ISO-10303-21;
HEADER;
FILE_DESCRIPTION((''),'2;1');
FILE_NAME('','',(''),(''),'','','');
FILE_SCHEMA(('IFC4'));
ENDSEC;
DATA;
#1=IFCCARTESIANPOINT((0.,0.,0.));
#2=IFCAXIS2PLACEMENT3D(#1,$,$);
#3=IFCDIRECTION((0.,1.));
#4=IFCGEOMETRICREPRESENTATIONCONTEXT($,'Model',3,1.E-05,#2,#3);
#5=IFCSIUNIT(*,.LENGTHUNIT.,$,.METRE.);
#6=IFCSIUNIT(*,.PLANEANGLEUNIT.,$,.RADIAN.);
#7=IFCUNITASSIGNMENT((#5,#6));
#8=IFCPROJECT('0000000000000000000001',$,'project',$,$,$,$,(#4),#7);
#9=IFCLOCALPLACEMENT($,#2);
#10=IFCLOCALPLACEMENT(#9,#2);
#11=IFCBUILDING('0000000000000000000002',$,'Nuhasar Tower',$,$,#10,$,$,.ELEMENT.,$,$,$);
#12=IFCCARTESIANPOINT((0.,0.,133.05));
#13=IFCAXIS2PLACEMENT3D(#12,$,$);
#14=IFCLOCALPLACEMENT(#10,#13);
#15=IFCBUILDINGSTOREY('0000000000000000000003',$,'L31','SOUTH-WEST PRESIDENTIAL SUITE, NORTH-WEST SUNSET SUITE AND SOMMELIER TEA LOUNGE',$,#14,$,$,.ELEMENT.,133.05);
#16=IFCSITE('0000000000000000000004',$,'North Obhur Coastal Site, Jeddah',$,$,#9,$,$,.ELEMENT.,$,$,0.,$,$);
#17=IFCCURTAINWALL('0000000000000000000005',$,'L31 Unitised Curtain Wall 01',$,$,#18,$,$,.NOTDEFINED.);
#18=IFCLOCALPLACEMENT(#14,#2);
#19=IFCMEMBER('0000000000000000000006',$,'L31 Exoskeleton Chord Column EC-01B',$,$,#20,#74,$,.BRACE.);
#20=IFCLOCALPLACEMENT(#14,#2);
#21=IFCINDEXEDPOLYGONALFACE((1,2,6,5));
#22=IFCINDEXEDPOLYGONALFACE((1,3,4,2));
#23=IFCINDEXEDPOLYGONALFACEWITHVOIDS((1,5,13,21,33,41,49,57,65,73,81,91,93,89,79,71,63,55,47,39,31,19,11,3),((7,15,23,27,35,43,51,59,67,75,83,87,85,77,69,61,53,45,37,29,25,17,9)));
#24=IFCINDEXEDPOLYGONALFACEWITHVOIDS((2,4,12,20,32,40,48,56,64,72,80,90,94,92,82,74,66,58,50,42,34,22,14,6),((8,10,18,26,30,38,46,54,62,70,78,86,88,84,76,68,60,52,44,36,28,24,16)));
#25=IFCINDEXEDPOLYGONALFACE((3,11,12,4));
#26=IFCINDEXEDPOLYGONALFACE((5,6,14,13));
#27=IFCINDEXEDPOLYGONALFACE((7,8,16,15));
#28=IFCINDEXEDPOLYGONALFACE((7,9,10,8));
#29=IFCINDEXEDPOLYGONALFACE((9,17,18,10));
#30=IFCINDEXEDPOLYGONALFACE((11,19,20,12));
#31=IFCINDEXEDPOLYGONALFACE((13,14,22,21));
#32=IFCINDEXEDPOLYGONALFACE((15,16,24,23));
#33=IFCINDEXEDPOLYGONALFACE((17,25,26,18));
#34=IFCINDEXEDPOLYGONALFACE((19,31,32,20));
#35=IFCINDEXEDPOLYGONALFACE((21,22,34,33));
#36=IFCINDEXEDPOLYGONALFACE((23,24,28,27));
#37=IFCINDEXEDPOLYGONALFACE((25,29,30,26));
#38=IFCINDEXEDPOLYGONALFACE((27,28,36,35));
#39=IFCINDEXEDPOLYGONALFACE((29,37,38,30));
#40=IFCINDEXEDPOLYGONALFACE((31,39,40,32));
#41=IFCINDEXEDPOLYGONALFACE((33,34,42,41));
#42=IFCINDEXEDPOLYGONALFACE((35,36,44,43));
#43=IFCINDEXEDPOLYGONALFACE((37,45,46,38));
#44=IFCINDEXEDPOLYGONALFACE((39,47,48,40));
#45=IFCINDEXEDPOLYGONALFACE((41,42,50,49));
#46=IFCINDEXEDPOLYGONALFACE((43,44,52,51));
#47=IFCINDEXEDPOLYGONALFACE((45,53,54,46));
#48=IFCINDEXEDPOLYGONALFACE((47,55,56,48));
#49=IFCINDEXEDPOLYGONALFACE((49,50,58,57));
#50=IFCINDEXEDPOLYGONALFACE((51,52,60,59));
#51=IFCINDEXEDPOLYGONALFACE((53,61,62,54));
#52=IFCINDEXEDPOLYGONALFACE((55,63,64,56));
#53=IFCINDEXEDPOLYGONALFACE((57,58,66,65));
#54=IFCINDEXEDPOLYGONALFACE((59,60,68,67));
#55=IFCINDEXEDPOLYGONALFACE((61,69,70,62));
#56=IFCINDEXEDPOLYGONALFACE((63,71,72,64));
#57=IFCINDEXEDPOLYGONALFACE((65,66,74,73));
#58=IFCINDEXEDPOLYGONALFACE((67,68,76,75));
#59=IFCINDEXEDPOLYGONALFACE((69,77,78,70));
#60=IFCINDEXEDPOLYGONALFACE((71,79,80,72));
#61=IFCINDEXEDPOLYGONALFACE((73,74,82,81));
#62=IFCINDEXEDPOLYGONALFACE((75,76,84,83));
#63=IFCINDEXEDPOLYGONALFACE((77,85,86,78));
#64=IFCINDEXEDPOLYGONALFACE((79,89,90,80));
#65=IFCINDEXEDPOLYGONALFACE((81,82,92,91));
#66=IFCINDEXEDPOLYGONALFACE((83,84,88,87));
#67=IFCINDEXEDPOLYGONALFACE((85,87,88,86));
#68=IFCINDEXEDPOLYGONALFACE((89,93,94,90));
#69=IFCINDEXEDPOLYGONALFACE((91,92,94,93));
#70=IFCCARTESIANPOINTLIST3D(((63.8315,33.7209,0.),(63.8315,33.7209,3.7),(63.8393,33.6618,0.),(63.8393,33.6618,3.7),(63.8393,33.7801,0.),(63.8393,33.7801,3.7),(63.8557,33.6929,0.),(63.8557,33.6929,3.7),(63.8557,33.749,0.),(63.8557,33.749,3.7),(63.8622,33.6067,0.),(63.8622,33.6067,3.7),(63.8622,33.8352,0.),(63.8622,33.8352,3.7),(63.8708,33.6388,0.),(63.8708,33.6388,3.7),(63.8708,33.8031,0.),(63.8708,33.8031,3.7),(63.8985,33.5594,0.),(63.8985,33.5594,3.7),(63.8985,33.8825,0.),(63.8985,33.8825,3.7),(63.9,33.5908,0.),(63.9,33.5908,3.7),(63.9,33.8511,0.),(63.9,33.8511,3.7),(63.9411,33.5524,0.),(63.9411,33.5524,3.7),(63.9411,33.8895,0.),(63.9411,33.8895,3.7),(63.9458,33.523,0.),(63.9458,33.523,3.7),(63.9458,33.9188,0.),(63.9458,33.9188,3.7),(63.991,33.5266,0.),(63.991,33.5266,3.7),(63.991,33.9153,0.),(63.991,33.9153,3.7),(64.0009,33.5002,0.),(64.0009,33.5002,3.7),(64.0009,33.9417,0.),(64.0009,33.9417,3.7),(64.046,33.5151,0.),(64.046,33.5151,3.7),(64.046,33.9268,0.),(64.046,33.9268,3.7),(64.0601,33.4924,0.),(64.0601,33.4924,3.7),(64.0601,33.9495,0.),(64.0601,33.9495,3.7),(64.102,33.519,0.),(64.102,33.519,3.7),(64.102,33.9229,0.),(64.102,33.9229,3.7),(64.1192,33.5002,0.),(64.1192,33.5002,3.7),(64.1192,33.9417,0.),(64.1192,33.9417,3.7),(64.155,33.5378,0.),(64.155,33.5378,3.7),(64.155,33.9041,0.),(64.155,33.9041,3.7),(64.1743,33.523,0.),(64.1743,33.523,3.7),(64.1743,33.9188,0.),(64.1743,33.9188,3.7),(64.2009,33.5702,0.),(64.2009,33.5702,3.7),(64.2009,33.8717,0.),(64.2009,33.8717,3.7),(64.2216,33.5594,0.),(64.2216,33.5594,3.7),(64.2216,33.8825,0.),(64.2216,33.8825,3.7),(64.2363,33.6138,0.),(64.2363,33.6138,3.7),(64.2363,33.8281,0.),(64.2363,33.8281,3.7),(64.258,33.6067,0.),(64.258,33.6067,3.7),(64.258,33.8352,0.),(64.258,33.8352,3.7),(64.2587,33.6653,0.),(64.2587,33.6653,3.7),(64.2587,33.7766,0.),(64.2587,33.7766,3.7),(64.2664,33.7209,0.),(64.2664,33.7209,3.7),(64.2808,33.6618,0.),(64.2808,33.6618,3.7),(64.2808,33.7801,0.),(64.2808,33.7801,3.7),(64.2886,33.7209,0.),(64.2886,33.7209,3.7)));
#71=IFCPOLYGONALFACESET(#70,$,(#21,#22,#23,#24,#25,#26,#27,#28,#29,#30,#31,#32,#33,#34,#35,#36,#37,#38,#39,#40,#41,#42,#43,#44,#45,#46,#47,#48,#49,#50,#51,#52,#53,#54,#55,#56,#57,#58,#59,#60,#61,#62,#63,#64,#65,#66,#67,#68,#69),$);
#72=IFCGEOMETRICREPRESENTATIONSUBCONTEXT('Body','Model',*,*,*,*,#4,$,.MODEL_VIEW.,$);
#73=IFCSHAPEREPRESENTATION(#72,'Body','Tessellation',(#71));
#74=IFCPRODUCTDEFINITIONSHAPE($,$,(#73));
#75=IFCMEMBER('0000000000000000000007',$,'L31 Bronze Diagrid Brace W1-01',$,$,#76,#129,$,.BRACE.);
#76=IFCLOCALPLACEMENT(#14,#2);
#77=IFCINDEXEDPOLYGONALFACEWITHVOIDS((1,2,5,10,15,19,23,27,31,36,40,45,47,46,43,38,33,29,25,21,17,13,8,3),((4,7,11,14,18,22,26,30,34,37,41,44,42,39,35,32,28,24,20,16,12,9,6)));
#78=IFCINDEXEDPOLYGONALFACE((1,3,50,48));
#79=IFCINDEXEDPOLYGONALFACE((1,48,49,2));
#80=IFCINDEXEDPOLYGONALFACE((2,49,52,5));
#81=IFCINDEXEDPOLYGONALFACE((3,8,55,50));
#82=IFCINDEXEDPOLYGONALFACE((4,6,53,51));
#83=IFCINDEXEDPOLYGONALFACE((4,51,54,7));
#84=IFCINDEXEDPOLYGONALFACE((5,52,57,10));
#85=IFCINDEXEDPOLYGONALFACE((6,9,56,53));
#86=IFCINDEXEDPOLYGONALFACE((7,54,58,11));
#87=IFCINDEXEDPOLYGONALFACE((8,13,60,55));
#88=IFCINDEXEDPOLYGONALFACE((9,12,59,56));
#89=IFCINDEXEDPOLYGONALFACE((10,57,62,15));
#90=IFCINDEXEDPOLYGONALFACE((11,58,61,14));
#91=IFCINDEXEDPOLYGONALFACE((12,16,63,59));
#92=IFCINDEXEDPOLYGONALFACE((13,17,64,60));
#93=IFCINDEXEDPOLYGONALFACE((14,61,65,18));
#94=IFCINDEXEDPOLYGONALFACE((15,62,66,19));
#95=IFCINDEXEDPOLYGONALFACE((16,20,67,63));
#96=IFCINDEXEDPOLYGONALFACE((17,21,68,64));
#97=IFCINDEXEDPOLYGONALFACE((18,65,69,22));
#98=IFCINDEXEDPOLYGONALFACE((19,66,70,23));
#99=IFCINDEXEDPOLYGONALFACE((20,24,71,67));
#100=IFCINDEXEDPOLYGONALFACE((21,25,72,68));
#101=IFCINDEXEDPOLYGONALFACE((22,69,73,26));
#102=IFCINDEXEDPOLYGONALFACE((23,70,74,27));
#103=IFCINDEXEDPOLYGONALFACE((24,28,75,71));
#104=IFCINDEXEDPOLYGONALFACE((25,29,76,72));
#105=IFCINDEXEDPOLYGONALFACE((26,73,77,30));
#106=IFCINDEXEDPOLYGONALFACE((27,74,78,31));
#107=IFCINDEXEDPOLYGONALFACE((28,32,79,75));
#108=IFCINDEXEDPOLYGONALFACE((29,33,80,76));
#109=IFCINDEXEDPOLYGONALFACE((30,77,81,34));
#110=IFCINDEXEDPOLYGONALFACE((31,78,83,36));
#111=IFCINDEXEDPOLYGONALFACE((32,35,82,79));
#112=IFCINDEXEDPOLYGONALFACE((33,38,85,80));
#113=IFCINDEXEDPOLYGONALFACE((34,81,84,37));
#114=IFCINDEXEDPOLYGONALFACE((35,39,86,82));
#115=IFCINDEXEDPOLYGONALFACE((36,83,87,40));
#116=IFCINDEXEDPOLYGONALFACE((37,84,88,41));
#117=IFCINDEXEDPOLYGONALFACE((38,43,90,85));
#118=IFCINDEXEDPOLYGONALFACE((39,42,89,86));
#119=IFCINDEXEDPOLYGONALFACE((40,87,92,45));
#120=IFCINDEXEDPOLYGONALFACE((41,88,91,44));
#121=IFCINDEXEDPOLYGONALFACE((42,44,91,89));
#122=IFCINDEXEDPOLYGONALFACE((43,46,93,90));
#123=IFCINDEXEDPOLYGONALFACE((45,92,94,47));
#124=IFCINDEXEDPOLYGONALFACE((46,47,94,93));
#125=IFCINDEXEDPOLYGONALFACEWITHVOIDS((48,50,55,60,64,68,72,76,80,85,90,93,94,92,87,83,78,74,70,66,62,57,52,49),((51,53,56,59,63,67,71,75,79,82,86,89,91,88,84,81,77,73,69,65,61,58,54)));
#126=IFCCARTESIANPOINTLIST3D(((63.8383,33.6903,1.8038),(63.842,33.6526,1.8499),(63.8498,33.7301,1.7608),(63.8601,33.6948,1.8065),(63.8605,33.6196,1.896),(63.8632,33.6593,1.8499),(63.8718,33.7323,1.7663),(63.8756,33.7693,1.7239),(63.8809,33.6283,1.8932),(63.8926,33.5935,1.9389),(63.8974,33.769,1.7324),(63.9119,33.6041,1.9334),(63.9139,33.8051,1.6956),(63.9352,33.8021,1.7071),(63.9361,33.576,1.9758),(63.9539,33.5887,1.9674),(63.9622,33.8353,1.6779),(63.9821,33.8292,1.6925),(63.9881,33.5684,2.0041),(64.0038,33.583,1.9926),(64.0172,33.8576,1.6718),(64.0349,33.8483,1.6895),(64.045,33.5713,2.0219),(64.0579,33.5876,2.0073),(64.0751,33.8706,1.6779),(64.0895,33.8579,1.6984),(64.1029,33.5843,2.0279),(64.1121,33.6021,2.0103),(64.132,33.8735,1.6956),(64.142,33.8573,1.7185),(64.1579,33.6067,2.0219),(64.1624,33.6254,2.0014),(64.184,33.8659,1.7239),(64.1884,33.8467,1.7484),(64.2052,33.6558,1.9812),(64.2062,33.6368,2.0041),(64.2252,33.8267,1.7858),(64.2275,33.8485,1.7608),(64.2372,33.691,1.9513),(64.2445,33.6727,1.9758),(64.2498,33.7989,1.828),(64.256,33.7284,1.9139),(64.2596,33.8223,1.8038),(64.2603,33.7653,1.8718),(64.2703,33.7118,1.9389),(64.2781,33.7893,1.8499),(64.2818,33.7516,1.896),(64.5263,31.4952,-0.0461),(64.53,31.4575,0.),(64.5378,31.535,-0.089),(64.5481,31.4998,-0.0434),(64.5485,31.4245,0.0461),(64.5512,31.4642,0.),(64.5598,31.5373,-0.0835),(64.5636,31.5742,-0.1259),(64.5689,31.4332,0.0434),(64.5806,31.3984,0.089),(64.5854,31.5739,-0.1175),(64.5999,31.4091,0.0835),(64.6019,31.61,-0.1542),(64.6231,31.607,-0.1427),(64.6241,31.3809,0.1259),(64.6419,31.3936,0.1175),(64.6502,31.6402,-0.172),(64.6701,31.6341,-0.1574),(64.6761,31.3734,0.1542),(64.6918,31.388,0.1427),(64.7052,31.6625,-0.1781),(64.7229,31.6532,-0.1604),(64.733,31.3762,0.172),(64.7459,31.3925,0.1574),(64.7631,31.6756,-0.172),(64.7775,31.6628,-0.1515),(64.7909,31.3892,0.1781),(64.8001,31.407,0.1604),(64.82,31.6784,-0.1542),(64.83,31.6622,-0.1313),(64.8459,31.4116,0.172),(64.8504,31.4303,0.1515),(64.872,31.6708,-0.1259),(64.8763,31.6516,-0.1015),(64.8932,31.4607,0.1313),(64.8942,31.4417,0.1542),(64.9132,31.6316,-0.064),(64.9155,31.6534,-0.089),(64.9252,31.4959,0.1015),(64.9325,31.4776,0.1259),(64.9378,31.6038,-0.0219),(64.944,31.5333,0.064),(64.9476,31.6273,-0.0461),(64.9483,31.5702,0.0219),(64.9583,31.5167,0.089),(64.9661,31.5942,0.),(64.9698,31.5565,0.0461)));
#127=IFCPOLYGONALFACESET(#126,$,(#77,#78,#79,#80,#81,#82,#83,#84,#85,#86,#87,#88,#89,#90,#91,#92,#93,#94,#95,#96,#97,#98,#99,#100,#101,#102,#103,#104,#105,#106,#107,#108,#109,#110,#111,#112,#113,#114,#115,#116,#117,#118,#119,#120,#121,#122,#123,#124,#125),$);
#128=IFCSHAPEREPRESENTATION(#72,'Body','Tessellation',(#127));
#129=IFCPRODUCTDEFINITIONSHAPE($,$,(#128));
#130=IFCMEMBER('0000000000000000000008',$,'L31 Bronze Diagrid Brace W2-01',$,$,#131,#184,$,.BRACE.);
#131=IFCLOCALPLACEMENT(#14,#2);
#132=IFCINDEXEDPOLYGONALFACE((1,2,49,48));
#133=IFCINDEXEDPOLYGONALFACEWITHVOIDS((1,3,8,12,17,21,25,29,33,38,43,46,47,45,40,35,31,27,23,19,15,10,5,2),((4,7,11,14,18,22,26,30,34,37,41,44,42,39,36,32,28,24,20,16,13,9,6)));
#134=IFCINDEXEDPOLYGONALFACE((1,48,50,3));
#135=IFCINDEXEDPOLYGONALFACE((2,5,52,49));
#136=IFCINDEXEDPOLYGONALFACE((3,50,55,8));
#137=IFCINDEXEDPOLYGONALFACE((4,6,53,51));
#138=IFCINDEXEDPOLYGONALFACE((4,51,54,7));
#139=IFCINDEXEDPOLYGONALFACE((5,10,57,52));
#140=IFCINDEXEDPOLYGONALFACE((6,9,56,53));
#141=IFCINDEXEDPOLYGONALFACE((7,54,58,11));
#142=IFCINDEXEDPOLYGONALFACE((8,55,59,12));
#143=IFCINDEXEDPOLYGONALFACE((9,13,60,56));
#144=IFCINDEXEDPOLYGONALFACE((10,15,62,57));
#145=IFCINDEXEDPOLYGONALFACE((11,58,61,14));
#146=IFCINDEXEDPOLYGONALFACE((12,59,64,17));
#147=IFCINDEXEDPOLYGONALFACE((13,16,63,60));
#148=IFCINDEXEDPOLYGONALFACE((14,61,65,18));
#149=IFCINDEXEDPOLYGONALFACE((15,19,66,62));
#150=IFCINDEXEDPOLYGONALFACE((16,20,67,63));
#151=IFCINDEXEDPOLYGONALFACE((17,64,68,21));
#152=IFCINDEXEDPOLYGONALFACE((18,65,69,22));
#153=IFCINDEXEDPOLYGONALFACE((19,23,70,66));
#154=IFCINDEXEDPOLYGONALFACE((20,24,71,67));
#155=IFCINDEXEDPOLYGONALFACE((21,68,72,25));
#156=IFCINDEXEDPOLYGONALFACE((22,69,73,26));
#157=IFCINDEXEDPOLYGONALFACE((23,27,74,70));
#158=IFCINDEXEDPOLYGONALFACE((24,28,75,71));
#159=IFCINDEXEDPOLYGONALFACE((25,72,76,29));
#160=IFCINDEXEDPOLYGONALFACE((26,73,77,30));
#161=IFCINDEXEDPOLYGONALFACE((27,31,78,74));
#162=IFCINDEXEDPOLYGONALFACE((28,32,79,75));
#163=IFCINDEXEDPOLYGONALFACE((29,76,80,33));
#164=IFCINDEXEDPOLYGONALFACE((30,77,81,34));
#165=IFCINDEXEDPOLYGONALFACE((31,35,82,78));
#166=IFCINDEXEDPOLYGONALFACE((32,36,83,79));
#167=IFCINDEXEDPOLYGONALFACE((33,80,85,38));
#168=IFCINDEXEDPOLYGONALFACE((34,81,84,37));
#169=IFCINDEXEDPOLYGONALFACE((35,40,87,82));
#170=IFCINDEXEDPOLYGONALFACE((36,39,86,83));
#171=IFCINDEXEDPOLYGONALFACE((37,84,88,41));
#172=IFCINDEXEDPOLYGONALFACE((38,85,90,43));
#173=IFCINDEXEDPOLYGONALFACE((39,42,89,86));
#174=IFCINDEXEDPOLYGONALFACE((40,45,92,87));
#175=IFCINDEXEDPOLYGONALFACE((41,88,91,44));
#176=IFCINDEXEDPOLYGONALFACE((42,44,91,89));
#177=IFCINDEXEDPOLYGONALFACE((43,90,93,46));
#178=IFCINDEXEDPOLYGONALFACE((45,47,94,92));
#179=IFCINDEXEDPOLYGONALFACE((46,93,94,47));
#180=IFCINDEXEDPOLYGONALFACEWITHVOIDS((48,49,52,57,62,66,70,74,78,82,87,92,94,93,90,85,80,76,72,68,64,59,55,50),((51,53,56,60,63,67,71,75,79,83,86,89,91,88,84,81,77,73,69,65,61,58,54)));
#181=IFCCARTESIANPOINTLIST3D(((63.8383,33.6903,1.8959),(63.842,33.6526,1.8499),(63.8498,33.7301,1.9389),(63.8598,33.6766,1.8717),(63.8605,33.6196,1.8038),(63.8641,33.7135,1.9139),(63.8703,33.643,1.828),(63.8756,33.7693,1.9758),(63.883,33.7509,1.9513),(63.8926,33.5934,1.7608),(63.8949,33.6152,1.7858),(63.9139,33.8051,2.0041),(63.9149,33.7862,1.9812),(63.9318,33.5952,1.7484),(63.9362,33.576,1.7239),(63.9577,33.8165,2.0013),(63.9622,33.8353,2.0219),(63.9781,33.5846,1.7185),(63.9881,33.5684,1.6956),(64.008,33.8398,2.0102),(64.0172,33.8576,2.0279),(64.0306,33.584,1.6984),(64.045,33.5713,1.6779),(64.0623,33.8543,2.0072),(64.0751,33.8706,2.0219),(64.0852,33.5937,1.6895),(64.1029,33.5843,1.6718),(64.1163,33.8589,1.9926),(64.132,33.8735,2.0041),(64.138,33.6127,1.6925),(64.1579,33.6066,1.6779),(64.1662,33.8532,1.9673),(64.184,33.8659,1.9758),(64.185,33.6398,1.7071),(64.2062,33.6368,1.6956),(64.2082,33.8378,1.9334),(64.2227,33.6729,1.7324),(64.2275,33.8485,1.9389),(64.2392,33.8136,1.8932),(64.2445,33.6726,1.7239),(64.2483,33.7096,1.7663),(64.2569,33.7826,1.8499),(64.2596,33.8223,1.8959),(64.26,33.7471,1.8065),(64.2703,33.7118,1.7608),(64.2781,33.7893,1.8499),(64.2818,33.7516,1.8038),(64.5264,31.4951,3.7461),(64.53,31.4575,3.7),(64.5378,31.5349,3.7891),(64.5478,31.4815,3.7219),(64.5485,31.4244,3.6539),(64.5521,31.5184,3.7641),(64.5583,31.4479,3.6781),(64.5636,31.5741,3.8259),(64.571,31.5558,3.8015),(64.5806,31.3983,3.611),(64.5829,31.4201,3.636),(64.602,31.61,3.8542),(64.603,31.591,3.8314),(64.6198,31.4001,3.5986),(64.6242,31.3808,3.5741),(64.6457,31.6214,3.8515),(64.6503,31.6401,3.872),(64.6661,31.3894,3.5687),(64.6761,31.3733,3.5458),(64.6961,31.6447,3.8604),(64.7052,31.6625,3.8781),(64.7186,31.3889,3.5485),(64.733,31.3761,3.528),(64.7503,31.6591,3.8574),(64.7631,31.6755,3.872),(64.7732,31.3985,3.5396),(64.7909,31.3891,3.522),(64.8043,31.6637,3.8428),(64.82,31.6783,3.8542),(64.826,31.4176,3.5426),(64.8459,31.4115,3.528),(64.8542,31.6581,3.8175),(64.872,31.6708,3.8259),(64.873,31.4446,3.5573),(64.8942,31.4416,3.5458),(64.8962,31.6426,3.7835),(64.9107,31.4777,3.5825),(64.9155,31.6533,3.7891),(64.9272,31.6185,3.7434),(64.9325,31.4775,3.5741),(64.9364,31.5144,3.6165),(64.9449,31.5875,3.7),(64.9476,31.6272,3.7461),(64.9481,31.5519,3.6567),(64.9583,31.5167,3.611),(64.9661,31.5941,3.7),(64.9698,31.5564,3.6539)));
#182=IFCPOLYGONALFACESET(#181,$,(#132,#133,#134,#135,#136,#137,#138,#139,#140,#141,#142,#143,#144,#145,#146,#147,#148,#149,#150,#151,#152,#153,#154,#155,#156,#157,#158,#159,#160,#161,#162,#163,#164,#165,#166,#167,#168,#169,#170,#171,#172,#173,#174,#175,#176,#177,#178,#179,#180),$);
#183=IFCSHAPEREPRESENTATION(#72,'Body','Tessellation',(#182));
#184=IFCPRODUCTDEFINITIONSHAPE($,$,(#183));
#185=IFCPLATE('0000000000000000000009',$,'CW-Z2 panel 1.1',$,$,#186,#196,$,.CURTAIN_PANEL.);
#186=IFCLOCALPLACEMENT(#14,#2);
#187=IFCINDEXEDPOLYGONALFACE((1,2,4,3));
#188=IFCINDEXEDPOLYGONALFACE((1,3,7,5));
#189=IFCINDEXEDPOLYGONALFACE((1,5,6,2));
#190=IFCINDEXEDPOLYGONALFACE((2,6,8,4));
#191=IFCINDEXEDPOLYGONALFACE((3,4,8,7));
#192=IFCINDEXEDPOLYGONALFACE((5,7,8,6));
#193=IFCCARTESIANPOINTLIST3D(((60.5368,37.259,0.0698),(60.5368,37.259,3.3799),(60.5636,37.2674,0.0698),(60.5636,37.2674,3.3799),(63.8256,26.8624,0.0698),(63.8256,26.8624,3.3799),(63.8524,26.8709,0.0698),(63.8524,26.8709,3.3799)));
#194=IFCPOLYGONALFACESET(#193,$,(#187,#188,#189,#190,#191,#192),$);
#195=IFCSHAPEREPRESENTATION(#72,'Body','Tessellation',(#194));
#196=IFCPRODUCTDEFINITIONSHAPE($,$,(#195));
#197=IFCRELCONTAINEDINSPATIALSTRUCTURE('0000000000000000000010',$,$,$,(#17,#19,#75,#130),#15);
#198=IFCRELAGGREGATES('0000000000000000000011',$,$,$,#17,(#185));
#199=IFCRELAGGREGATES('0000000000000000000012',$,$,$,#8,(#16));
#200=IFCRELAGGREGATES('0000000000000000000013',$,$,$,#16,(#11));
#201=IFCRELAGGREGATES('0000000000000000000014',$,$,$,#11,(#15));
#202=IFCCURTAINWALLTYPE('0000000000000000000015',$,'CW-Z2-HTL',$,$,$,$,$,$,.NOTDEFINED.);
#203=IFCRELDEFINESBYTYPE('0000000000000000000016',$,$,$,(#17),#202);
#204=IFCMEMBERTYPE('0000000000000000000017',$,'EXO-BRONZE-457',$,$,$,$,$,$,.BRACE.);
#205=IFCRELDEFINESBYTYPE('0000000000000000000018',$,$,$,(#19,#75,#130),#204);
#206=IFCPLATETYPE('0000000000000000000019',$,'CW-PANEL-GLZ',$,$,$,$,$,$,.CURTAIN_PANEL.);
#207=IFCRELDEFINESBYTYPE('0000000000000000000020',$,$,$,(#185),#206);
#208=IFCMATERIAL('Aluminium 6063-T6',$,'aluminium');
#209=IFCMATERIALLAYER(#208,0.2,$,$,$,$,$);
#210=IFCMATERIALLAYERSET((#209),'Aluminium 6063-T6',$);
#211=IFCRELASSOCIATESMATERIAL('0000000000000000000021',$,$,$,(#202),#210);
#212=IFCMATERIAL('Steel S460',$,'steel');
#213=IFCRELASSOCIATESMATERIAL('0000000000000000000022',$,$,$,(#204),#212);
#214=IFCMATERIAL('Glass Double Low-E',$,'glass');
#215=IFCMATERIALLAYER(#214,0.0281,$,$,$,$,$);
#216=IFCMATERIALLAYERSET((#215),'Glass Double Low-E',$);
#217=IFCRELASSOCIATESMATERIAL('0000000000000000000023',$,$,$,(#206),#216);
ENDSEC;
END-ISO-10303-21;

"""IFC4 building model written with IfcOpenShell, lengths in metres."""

from ifc_helpers import new_model, si_unit, direction, frame, origin, origin_2d, place, context, subcontext, project, spatial, rectangle, hollow_circle, extrude, material, layer, layer_set, material_profile, profile_set, type_object, element, aggregate, save


model = new_model("IFC4")

# Units and contexts
model_context = context("Model", 3, precision=1e-05, world=origin(), true_north=direction((0.0, 1.0)))
body_context = subcontext(model_context, "Body", "Model", "MODEL_VIEW")
ifc_project = project(units=[si_unit("LENGTHUNIT", "METRE"), si_unit("PLANEANGLEUNIT", "RADIAN")], contexts=[model_context])

# Site, building, storey
site_placement = place(None, origin())
site = spatial("IfcSite", under=ifc_project, at=site_placement, Name="North Obhur Coastal Site, Jeddah", CompositionType="ELEMENT", RefElevation=0.0)
building_placement = place(site_placement, origin())
building = spatial("IfcBuilding", under=site, at=building_placement, Name="Nuhasar Tower", CompositionType="ELEMENT")
storey_placement = place(building_placement, frame((0.0, 0.0, 133.05)))
storey = spatial("IfcBuildingStorey", under=building, at=storey_placement, Name="L31", Description="SOUTH-WEST PRESIDENTIAL SUITE, NORTH-WEST SUNSET SUITE AND SOMMELIER TEA LOUNGE", CompositionType="ELEMENT", Elevation=133.05)

# Curtain wall
ifc_material_1 = material(Name="Aluminium 6063-T6", Category="aluminium")
ifc_layer_1 = layer(ifc_material_1, 0.2)
ifc_layer_set_1 = layer_set([ifc_layer_1], Name="Aluminium 6063-T6")
curtain_wall_type = type_object("IfcCurtainWallType", Name="CW-Z2-HTL", PredefinedType="NOTDEFINED", material=ifc_layer_set_1)
curtain_wall_1_placement = place(storey_placement, origin())
curtain_wall_1 = element("IfcCurtainWall", 1, at=curtain_wall_1_placement, inside=storey, type_object=curtain_wall_type, Name="L31 Unitised Curtain Wall 01", PredefinedType="NOTDEFINED")

# Members
ifc_material_2 = material(Name="Steel S460", Category="steel")
ifc_material_profile_1 = material_profile(ifc_material_2, hollow_circle(Radius=0.2285, WallThickness=0.0222, at=origin_2d()), Name="HSS457X22.2")
ifc_profile_set_1 = profile_set([ifc_material_profile_1], Name="Steel S460")
member_type_1 = type_object("IfcMemberType", Name="EXO-BRONZE-457", PredefinedType="BRACE", material=ifc_profile_set_1)
for number, where, z_axis, x_axis, name in (
    (2, (64.0601, 33.7209, 0.0), (0.0, 0.0, 1.0), (1.0, 0.0, 0.0), "L31 Exoskeleton Chord Column EC-01B"),
):
    element("IfcMember", number, at=place(storey_placement, frame(where, z_axis=z_axis, x_axis=x_axis)), inside=storey, type_object=member_type_1, Name=name, PredefinedType="BRACE", context=body_context, shape_type="SweptSolid", body=[
        extrude(hollow_circle(Radius=0.2285, WallThickness=0.0222, at=origin_2d()), origin(), (0.0, 0.0, 1.0), 3.7),
    ])
member_1_placement = place(storey_placement, frame((64.748, 31.5259, 0.0), z_axis=(-0.233068, 0.743616, 0.626669), x_axis=(-0.954228, -0.299079, 0.0)))
element("IfcMember", 3, at=member_1_placement, inside=storey, type_object=member_type_1, Name="L31 Bronze Diagrid Brace W1-01", PredefinedType="BRACE", context=body_context, shape_type="SweptSolid", body=[
    extrude(hollow_circle(Radius=0.2285, WallThickness=0.0222, at=origin_2d()), origin(), (0.0, 0.0, 1.0), 2.9519),
])
member_2_placement = place(storey_placement, frame((64.0601, 33.7209, 1.8499), z_axis=(0.233056, -0.743578, 0.626719), x_axis=(0.954228, 0.299079, 0.0)))
element("IfcMember", 4, at=member_2_placement, inside=storey, type_object=member_type_1, Name="L31 Bronze Diagrid Brace W2-01", PredefinedType="BRACE", context=body_context, shape_type="SweptSolid", body=[
    extrude(hollow_circle(Radius=0.2285, WallThickness=0.0222, at=origin_2d()), origin(), (0.0, 0.0, 1.0), 2.9521),
])

# Plate
ifc_material_3 = material(Name="Glass Double Low-E", Category="glass")
ifc_layer_2 = layer(ifc_material_3, 0.0281)
ifc_layer_set_2 = layer_set([ifc_layer_2], Name="Glass Double Low-E")
plate_type = type_object("IfcPlateType", Name="CW-PANEL-GLZ", PredefinedType="CURTAIN_PANEL", material=ifc_layer_set_2)
plate_placement = place(storey_placement, frame((62.1946, 32.0649, 0.0698), z_axis=(0.0, 0.0, 1.0), x_axis=(-0.301604, 0.953433, 0.0)))
plate = element("IfcPlate", 5, at=plate_placement, type_object=plate_type, Name="CW-Z2 panel 1.1", PredefinedType="CURTAIN_PANEL", context=body_context, shape_type="SweptSolid", body=[
    extrude(rectangle(XDim=10.9043, YDim=0.0281, at=origin_2d()), origin(), (0.0, 0.0, 1.0), 3.3101),
])
aggregate(curtain_wall_1, [plate])

save(model, "model.ifc")
